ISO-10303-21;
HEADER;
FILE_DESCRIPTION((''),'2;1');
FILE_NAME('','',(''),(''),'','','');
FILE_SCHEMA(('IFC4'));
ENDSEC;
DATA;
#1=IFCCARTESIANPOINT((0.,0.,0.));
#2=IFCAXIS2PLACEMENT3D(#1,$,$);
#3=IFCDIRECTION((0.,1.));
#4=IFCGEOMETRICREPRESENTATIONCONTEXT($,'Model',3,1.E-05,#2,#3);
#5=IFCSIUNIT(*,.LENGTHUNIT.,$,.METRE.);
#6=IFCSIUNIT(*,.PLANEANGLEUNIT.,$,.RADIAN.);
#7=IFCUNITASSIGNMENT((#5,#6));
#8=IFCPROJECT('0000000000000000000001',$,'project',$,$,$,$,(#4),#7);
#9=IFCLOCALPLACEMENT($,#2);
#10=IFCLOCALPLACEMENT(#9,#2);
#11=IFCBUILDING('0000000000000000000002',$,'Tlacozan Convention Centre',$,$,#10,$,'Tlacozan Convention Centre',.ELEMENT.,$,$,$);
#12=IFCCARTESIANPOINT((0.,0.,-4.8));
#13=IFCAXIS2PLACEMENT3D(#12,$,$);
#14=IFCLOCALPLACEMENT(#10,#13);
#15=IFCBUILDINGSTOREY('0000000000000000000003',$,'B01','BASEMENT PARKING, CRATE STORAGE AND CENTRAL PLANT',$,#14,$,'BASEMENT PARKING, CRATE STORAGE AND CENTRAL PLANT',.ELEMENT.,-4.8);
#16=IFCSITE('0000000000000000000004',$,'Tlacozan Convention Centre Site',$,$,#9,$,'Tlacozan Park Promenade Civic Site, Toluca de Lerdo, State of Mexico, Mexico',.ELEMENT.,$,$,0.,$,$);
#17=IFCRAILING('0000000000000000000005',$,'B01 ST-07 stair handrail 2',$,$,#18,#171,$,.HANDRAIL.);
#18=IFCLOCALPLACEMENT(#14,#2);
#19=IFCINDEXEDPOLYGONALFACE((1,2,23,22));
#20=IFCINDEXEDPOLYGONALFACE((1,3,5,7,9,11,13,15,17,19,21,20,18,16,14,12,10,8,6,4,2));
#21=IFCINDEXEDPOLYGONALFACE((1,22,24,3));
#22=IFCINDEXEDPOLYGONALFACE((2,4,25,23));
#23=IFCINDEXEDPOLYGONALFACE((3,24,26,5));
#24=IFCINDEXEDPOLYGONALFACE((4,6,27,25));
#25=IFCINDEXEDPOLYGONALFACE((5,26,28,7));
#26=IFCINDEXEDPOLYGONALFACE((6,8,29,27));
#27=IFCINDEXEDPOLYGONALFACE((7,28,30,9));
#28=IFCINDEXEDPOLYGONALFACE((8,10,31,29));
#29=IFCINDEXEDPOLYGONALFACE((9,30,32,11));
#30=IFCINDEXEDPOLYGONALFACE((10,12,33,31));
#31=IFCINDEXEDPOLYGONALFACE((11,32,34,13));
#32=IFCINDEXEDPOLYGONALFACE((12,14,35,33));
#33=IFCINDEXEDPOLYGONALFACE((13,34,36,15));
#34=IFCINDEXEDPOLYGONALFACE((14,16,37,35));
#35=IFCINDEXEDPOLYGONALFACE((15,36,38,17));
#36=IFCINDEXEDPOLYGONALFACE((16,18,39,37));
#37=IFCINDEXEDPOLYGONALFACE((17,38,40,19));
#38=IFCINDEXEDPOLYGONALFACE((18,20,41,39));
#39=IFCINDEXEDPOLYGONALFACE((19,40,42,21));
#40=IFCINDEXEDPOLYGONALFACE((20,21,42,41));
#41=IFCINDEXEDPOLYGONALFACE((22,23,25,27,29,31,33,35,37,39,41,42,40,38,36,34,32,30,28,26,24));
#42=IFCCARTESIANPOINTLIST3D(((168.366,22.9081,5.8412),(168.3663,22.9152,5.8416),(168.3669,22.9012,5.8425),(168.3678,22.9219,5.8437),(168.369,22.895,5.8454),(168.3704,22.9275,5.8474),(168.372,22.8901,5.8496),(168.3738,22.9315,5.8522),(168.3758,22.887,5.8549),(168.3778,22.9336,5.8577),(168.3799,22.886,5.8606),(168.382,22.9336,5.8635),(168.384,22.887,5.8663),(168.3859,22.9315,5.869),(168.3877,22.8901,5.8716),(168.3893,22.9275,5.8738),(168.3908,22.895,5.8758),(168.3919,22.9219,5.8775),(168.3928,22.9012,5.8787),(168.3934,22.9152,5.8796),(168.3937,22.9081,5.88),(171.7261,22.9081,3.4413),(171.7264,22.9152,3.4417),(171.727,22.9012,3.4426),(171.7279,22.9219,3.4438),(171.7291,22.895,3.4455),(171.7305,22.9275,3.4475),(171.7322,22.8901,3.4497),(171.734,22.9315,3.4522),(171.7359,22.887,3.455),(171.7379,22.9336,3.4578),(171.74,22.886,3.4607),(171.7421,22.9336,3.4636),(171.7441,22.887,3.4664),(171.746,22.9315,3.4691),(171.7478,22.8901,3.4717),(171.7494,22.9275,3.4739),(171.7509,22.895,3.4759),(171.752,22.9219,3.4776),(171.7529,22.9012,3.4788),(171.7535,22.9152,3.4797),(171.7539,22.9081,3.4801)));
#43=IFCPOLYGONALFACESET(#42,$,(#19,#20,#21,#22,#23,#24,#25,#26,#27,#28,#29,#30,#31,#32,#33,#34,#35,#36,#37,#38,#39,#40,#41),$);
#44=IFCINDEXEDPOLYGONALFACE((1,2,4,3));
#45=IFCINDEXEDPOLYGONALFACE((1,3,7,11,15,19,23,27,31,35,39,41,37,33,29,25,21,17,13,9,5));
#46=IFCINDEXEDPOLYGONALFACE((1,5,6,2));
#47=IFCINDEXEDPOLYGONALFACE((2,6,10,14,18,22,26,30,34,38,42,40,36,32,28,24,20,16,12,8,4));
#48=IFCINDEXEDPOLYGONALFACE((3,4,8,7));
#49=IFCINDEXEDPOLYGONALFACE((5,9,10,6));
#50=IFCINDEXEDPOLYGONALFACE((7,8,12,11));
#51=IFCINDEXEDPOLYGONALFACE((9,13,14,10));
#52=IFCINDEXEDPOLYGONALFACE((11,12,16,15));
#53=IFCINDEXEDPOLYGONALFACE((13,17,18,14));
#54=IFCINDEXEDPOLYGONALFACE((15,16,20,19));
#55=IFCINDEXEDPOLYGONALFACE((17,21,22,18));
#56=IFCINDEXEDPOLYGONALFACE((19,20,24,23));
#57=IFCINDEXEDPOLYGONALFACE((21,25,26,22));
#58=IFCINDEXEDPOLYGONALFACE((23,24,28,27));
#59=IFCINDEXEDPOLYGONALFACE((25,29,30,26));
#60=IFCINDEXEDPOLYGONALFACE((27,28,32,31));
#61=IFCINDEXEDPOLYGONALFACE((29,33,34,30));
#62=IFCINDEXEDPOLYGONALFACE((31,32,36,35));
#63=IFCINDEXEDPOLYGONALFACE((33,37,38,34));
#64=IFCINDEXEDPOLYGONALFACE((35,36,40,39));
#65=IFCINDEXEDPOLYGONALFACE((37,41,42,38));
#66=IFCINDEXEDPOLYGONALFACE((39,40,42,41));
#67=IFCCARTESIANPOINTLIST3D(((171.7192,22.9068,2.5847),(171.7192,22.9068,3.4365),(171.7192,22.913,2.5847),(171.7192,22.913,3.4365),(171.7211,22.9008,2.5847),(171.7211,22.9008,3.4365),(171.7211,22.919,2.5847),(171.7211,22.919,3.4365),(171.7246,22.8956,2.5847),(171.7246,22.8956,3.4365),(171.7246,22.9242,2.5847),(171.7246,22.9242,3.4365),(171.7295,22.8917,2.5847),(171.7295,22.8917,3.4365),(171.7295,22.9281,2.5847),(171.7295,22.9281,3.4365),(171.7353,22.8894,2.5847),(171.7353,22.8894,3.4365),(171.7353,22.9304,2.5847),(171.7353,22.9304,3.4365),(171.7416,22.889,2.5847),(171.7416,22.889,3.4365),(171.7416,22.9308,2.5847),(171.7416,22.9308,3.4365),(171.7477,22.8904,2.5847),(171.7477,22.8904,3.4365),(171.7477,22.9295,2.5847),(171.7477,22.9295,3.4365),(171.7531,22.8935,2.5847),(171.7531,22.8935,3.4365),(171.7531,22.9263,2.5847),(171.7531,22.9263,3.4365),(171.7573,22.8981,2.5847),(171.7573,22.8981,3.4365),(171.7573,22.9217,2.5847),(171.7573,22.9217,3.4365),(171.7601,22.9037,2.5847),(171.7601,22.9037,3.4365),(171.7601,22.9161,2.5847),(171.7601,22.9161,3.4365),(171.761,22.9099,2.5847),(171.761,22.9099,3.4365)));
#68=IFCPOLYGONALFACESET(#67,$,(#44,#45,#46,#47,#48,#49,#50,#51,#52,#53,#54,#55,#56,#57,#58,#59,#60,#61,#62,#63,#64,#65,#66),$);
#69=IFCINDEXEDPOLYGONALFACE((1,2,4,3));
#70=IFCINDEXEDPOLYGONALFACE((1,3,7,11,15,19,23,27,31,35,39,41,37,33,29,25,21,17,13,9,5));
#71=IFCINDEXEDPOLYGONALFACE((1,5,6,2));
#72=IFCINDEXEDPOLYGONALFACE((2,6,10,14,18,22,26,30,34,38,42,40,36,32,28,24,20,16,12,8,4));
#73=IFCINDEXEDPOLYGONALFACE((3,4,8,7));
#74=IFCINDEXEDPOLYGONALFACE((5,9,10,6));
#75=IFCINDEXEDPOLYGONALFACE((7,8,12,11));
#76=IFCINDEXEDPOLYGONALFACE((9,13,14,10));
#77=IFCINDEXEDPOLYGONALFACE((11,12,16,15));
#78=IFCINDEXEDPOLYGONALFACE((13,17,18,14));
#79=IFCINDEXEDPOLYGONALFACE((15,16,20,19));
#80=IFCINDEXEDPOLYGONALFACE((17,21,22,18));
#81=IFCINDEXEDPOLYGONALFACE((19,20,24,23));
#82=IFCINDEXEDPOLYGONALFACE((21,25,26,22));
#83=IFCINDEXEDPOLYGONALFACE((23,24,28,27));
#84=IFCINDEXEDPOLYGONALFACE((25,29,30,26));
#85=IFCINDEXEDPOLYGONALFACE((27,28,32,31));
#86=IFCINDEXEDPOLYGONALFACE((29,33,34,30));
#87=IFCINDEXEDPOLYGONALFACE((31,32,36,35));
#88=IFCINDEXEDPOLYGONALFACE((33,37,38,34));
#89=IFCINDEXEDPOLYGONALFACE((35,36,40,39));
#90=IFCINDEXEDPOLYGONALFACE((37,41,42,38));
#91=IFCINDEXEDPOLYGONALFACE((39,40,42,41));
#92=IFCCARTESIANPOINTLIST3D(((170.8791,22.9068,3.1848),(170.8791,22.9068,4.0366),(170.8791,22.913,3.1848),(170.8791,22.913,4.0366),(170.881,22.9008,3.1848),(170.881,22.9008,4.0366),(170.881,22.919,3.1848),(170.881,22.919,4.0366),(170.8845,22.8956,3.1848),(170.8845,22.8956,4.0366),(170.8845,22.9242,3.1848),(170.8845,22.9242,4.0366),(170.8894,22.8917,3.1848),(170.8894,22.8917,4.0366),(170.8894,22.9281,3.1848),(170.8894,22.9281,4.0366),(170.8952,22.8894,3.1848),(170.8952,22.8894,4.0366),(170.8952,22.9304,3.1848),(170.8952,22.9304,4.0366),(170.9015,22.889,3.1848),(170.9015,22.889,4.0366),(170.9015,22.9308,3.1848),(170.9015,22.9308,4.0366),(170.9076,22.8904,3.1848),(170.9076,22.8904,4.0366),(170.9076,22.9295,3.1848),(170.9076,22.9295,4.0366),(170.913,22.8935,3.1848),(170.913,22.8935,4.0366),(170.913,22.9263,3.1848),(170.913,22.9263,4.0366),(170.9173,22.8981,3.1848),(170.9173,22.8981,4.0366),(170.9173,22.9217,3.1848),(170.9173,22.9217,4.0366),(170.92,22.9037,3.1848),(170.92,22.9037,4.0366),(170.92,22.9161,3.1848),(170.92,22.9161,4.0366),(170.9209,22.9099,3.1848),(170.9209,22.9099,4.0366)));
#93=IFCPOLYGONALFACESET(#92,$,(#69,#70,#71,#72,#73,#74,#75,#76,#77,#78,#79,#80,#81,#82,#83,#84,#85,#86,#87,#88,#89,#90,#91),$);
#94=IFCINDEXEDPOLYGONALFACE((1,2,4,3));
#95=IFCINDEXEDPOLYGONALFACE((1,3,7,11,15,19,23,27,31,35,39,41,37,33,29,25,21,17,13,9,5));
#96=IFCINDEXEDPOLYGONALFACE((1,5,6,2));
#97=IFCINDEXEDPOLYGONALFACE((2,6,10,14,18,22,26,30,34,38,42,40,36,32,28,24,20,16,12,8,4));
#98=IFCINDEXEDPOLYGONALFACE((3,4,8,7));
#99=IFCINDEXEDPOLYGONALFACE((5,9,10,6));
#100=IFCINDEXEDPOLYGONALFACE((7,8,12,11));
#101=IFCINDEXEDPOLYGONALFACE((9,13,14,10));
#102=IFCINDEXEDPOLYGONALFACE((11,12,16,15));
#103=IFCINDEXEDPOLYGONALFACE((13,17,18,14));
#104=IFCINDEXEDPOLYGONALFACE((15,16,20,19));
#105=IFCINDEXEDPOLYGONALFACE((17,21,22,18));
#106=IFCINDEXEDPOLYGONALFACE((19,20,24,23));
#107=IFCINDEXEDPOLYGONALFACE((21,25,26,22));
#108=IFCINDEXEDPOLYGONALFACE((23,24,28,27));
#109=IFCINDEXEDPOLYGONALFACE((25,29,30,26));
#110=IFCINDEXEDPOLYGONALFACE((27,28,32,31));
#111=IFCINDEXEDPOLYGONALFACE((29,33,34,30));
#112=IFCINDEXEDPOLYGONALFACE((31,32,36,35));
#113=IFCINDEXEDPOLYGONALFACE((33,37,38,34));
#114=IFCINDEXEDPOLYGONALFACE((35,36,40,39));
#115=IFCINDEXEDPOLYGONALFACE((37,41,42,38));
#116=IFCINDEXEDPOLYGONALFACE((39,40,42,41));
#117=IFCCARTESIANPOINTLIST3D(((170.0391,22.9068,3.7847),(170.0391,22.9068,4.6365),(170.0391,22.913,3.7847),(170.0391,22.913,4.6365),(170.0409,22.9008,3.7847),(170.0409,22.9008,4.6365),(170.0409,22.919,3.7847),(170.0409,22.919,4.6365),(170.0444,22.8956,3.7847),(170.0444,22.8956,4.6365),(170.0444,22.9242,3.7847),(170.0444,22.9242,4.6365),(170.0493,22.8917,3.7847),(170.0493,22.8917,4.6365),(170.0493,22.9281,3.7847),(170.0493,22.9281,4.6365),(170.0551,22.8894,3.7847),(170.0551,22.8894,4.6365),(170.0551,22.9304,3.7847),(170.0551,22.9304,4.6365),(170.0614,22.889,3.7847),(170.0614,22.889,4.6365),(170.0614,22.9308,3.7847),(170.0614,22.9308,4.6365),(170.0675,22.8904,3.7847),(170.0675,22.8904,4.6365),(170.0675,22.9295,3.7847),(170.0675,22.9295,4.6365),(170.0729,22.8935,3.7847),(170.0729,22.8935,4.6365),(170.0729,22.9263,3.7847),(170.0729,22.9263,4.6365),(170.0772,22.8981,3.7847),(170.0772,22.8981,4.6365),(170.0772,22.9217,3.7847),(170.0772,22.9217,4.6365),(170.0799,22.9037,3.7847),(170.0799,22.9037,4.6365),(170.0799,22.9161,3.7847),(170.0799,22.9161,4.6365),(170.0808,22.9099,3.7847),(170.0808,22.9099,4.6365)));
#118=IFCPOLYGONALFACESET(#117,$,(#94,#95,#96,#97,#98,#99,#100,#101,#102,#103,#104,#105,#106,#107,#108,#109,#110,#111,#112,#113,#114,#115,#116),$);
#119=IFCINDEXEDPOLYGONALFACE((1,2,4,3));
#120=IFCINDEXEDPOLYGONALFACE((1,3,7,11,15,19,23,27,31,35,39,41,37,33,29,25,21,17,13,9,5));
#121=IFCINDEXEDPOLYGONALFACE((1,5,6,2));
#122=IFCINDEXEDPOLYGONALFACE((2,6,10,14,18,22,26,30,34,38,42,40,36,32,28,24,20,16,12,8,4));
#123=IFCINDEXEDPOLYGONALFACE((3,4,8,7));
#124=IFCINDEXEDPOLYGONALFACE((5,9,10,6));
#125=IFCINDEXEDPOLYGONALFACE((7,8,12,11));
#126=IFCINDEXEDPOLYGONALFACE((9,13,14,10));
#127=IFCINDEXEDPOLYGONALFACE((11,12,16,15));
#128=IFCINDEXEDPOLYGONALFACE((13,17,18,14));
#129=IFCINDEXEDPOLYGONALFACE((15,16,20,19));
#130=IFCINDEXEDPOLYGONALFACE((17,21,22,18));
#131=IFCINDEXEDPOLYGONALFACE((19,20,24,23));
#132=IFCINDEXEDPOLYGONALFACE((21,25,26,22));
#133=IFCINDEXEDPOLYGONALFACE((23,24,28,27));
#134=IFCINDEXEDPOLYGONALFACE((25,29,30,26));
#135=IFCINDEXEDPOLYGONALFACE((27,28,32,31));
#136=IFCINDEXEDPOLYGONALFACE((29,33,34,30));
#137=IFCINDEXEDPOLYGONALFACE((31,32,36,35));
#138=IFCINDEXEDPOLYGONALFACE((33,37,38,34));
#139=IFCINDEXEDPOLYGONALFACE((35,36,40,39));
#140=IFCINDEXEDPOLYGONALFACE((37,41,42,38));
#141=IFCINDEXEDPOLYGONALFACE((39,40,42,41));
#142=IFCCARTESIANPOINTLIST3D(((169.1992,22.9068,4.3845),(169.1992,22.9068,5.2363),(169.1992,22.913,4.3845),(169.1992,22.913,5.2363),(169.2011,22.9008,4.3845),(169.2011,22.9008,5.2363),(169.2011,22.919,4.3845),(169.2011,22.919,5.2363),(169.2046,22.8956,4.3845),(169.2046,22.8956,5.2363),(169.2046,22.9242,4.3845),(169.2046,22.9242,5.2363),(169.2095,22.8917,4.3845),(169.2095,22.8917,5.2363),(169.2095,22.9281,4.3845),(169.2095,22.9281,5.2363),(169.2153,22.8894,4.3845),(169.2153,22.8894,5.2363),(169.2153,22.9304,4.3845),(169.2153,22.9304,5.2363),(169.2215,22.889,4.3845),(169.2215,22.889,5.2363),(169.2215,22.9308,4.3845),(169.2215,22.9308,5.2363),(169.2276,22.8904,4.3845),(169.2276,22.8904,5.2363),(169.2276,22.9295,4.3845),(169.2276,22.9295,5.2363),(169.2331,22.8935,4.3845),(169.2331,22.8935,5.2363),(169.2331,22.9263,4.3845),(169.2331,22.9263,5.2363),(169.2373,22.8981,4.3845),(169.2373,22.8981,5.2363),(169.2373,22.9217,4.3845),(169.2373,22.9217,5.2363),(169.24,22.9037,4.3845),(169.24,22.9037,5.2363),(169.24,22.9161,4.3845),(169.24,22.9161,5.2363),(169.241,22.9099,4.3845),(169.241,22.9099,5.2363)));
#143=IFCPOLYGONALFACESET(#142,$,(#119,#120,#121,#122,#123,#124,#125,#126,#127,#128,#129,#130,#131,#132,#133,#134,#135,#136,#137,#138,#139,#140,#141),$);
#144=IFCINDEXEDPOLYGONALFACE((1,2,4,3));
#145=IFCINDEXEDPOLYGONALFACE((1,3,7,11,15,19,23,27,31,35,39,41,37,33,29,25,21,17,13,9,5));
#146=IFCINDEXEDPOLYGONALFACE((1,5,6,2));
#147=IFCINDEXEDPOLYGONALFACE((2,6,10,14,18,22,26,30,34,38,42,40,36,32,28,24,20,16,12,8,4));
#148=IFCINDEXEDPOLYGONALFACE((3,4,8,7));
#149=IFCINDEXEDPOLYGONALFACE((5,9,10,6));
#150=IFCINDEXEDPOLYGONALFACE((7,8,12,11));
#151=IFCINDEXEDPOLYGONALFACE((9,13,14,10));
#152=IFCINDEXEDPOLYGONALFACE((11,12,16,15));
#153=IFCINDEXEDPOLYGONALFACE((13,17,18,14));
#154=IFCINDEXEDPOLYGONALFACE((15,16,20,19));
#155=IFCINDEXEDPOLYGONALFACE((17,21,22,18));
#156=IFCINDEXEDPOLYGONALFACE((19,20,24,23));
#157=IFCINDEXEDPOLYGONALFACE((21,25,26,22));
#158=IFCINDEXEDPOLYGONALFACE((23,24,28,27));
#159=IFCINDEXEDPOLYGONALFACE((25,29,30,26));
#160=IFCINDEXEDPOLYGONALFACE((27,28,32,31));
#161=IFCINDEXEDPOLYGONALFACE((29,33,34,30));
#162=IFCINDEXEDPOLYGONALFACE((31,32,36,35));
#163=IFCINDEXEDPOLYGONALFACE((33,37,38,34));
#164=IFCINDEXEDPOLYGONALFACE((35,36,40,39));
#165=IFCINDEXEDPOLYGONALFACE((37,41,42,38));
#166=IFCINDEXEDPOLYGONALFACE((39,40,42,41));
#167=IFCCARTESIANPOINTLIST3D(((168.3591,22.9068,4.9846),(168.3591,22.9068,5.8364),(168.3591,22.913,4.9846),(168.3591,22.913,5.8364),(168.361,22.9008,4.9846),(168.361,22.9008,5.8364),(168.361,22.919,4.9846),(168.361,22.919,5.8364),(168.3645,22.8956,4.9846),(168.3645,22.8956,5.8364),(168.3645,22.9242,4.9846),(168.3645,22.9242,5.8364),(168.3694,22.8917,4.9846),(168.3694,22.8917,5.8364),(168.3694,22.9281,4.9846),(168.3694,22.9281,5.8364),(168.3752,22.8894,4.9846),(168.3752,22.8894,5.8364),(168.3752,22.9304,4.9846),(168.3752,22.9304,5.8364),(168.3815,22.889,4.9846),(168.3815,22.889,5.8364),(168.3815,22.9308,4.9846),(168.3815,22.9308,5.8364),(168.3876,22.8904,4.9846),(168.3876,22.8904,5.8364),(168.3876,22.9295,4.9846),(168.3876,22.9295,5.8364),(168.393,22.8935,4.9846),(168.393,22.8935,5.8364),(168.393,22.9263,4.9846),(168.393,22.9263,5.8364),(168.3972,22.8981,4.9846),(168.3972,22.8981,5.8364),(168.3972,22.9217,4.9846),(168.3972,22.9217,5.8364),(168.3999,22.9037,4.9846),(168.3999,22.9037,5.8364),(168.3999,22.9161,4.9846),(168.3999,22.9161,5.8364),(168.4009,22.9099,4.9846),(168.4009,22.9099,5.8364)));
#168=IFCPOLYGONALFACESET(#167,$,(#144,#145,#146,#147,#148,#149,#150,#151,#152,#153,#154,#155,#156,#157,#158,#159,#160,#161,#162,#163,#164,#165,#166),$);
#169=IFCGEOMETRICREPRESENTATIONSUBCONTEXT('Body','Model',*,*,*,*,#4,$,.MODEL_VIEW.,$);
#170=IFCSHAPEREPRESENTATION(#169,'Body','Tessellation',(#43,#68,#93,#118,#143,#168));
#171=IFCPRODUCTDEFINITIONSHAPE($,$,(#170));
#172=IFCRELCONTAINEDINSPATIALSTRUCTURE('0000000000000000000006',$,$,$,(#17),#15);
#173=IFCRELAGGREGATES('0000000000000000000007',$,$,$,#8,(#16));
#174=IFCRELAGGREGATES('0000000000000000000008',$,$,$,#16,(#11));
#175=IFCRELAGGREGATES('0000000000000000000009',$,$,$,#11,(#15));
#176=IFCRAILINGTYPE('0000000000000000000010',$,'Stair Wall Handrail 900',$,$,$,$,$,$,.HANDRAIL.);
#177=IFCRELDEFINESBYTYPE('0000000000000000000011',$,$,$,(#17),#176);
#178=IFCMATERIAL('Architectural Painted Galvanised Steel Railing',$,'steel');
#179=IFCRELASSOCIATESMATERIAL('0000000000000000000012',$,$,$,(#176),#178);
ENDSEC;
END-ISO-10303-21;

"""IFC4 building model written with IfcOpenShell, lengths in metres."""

from ifc_helpers import new_model, si_unit, direction, frame, origin, origin_2d, place, context, subcontext, project, spatial, circle, extrude, material, type_object, element, save


model = new_model("IFC4")

# Units and contexts
model_context = context("Model", 3, precision=1e-05, world=origin(), true_north=direction((0.0, 1.0)))
body_context = subcontext(model_context, "Body", "Model", "MODEL_VIEW")
ifc_project = project(units=[si_unit("LENGTHUNIT", "METRE"), si_unit("PLANEANGLEUNIT", "RADIAN")], contexts=[model_context])

# Site, building, storey
site_placement = place(None, origin())
site = spatial("IfcSite", under=ifc_project, at=site_placement, Name="Tlacozan Convention Centre Site", LongName="Tlacozan Park Promenade Civic Site, Toluca de Lerdo, State of Mexico, Mexico", CompositionType="ELEMENT", RefElevation=0.0)
building_placement = place(site_placement, origin())
building = spatial("IfcBuilding", under=site, at=building_placement, Name="Tlacozan Convention Centre", LongName="Tlacozan Convention Centre", CompositionType="ELEMENT")
storey_placement = place(building_placement, frame((0.0, 0.0, -4.8)))
storey = spatial("IfcBuildingStorey", under=building, at=storey_placement, Name="B01", Description="BASEMENT PARKING, CRATE STORAGE AND CENTRAL PLANT", LongName="BASEMENT PARKING, CRATE STORAGE AND CENTRAL PLANT", CompositionType="ELEMENT", Elevation=-4.8)

# Railing
ifc_material_1 = material(Name="Architectural Painted Galvanised Steel Railing", Category="steel")
railing_type_1 = type_object("IfcRailingType", Name="Stair Wall Handrail 900", PredefinedType="HANDRAIL", material=ifc_material_1)
railing_1_placement = place(storey_placement, frame((171.74, 22.9099, 2.5847)))
element("IfcRailing", 1, at=railing_1_placement, inside=storey, type_object=railing_type_1, Name="B01 ST-07 stair handrail 2", PredefinedType="HANDRAIL", context=body_context, shape_type="SweptSolid", body=[
    extrude(circle(Radius=0.0239, at=origin_2d()), frame((0.0, 0.0, 0.876), z_axis=(-0.813753, 0.0, 0.58121), x_axis=(0.0, -1.0, 0.0)), (0.0, 0.0, 1.0), 4.1292),
    extrude(circle(Radius=0.021, at=origin_2d()), origin(), (0.0, 0.0, 1.0), 0.8518),
    extrude(circle(Radius=0.021, at=origin_2d()), frame((-0.8401, 0.0, 0.6001)), (0.0, 0.0, 1.0), 0.8518),
    extrude(circle(Radius=0.021, at=origin_2d()), frame((-1.6802, 0.0, 1.2)), (0.0, 0.0, 1.0), 0.8518),
    extrude(circle(Radius=0.021, at=origin_2d()), frame((-2.52, 0.0, 1.7998)), (0.0, 0.0, 1.0), 0.8518),
    extrude(circle(Radius=0.021, at=origin_2d()), frame((-3.3601, 0.0, 2.3999)), (0.0, 0.0, 1.0), 0.8518),
])

save(model, "model.ifc")
